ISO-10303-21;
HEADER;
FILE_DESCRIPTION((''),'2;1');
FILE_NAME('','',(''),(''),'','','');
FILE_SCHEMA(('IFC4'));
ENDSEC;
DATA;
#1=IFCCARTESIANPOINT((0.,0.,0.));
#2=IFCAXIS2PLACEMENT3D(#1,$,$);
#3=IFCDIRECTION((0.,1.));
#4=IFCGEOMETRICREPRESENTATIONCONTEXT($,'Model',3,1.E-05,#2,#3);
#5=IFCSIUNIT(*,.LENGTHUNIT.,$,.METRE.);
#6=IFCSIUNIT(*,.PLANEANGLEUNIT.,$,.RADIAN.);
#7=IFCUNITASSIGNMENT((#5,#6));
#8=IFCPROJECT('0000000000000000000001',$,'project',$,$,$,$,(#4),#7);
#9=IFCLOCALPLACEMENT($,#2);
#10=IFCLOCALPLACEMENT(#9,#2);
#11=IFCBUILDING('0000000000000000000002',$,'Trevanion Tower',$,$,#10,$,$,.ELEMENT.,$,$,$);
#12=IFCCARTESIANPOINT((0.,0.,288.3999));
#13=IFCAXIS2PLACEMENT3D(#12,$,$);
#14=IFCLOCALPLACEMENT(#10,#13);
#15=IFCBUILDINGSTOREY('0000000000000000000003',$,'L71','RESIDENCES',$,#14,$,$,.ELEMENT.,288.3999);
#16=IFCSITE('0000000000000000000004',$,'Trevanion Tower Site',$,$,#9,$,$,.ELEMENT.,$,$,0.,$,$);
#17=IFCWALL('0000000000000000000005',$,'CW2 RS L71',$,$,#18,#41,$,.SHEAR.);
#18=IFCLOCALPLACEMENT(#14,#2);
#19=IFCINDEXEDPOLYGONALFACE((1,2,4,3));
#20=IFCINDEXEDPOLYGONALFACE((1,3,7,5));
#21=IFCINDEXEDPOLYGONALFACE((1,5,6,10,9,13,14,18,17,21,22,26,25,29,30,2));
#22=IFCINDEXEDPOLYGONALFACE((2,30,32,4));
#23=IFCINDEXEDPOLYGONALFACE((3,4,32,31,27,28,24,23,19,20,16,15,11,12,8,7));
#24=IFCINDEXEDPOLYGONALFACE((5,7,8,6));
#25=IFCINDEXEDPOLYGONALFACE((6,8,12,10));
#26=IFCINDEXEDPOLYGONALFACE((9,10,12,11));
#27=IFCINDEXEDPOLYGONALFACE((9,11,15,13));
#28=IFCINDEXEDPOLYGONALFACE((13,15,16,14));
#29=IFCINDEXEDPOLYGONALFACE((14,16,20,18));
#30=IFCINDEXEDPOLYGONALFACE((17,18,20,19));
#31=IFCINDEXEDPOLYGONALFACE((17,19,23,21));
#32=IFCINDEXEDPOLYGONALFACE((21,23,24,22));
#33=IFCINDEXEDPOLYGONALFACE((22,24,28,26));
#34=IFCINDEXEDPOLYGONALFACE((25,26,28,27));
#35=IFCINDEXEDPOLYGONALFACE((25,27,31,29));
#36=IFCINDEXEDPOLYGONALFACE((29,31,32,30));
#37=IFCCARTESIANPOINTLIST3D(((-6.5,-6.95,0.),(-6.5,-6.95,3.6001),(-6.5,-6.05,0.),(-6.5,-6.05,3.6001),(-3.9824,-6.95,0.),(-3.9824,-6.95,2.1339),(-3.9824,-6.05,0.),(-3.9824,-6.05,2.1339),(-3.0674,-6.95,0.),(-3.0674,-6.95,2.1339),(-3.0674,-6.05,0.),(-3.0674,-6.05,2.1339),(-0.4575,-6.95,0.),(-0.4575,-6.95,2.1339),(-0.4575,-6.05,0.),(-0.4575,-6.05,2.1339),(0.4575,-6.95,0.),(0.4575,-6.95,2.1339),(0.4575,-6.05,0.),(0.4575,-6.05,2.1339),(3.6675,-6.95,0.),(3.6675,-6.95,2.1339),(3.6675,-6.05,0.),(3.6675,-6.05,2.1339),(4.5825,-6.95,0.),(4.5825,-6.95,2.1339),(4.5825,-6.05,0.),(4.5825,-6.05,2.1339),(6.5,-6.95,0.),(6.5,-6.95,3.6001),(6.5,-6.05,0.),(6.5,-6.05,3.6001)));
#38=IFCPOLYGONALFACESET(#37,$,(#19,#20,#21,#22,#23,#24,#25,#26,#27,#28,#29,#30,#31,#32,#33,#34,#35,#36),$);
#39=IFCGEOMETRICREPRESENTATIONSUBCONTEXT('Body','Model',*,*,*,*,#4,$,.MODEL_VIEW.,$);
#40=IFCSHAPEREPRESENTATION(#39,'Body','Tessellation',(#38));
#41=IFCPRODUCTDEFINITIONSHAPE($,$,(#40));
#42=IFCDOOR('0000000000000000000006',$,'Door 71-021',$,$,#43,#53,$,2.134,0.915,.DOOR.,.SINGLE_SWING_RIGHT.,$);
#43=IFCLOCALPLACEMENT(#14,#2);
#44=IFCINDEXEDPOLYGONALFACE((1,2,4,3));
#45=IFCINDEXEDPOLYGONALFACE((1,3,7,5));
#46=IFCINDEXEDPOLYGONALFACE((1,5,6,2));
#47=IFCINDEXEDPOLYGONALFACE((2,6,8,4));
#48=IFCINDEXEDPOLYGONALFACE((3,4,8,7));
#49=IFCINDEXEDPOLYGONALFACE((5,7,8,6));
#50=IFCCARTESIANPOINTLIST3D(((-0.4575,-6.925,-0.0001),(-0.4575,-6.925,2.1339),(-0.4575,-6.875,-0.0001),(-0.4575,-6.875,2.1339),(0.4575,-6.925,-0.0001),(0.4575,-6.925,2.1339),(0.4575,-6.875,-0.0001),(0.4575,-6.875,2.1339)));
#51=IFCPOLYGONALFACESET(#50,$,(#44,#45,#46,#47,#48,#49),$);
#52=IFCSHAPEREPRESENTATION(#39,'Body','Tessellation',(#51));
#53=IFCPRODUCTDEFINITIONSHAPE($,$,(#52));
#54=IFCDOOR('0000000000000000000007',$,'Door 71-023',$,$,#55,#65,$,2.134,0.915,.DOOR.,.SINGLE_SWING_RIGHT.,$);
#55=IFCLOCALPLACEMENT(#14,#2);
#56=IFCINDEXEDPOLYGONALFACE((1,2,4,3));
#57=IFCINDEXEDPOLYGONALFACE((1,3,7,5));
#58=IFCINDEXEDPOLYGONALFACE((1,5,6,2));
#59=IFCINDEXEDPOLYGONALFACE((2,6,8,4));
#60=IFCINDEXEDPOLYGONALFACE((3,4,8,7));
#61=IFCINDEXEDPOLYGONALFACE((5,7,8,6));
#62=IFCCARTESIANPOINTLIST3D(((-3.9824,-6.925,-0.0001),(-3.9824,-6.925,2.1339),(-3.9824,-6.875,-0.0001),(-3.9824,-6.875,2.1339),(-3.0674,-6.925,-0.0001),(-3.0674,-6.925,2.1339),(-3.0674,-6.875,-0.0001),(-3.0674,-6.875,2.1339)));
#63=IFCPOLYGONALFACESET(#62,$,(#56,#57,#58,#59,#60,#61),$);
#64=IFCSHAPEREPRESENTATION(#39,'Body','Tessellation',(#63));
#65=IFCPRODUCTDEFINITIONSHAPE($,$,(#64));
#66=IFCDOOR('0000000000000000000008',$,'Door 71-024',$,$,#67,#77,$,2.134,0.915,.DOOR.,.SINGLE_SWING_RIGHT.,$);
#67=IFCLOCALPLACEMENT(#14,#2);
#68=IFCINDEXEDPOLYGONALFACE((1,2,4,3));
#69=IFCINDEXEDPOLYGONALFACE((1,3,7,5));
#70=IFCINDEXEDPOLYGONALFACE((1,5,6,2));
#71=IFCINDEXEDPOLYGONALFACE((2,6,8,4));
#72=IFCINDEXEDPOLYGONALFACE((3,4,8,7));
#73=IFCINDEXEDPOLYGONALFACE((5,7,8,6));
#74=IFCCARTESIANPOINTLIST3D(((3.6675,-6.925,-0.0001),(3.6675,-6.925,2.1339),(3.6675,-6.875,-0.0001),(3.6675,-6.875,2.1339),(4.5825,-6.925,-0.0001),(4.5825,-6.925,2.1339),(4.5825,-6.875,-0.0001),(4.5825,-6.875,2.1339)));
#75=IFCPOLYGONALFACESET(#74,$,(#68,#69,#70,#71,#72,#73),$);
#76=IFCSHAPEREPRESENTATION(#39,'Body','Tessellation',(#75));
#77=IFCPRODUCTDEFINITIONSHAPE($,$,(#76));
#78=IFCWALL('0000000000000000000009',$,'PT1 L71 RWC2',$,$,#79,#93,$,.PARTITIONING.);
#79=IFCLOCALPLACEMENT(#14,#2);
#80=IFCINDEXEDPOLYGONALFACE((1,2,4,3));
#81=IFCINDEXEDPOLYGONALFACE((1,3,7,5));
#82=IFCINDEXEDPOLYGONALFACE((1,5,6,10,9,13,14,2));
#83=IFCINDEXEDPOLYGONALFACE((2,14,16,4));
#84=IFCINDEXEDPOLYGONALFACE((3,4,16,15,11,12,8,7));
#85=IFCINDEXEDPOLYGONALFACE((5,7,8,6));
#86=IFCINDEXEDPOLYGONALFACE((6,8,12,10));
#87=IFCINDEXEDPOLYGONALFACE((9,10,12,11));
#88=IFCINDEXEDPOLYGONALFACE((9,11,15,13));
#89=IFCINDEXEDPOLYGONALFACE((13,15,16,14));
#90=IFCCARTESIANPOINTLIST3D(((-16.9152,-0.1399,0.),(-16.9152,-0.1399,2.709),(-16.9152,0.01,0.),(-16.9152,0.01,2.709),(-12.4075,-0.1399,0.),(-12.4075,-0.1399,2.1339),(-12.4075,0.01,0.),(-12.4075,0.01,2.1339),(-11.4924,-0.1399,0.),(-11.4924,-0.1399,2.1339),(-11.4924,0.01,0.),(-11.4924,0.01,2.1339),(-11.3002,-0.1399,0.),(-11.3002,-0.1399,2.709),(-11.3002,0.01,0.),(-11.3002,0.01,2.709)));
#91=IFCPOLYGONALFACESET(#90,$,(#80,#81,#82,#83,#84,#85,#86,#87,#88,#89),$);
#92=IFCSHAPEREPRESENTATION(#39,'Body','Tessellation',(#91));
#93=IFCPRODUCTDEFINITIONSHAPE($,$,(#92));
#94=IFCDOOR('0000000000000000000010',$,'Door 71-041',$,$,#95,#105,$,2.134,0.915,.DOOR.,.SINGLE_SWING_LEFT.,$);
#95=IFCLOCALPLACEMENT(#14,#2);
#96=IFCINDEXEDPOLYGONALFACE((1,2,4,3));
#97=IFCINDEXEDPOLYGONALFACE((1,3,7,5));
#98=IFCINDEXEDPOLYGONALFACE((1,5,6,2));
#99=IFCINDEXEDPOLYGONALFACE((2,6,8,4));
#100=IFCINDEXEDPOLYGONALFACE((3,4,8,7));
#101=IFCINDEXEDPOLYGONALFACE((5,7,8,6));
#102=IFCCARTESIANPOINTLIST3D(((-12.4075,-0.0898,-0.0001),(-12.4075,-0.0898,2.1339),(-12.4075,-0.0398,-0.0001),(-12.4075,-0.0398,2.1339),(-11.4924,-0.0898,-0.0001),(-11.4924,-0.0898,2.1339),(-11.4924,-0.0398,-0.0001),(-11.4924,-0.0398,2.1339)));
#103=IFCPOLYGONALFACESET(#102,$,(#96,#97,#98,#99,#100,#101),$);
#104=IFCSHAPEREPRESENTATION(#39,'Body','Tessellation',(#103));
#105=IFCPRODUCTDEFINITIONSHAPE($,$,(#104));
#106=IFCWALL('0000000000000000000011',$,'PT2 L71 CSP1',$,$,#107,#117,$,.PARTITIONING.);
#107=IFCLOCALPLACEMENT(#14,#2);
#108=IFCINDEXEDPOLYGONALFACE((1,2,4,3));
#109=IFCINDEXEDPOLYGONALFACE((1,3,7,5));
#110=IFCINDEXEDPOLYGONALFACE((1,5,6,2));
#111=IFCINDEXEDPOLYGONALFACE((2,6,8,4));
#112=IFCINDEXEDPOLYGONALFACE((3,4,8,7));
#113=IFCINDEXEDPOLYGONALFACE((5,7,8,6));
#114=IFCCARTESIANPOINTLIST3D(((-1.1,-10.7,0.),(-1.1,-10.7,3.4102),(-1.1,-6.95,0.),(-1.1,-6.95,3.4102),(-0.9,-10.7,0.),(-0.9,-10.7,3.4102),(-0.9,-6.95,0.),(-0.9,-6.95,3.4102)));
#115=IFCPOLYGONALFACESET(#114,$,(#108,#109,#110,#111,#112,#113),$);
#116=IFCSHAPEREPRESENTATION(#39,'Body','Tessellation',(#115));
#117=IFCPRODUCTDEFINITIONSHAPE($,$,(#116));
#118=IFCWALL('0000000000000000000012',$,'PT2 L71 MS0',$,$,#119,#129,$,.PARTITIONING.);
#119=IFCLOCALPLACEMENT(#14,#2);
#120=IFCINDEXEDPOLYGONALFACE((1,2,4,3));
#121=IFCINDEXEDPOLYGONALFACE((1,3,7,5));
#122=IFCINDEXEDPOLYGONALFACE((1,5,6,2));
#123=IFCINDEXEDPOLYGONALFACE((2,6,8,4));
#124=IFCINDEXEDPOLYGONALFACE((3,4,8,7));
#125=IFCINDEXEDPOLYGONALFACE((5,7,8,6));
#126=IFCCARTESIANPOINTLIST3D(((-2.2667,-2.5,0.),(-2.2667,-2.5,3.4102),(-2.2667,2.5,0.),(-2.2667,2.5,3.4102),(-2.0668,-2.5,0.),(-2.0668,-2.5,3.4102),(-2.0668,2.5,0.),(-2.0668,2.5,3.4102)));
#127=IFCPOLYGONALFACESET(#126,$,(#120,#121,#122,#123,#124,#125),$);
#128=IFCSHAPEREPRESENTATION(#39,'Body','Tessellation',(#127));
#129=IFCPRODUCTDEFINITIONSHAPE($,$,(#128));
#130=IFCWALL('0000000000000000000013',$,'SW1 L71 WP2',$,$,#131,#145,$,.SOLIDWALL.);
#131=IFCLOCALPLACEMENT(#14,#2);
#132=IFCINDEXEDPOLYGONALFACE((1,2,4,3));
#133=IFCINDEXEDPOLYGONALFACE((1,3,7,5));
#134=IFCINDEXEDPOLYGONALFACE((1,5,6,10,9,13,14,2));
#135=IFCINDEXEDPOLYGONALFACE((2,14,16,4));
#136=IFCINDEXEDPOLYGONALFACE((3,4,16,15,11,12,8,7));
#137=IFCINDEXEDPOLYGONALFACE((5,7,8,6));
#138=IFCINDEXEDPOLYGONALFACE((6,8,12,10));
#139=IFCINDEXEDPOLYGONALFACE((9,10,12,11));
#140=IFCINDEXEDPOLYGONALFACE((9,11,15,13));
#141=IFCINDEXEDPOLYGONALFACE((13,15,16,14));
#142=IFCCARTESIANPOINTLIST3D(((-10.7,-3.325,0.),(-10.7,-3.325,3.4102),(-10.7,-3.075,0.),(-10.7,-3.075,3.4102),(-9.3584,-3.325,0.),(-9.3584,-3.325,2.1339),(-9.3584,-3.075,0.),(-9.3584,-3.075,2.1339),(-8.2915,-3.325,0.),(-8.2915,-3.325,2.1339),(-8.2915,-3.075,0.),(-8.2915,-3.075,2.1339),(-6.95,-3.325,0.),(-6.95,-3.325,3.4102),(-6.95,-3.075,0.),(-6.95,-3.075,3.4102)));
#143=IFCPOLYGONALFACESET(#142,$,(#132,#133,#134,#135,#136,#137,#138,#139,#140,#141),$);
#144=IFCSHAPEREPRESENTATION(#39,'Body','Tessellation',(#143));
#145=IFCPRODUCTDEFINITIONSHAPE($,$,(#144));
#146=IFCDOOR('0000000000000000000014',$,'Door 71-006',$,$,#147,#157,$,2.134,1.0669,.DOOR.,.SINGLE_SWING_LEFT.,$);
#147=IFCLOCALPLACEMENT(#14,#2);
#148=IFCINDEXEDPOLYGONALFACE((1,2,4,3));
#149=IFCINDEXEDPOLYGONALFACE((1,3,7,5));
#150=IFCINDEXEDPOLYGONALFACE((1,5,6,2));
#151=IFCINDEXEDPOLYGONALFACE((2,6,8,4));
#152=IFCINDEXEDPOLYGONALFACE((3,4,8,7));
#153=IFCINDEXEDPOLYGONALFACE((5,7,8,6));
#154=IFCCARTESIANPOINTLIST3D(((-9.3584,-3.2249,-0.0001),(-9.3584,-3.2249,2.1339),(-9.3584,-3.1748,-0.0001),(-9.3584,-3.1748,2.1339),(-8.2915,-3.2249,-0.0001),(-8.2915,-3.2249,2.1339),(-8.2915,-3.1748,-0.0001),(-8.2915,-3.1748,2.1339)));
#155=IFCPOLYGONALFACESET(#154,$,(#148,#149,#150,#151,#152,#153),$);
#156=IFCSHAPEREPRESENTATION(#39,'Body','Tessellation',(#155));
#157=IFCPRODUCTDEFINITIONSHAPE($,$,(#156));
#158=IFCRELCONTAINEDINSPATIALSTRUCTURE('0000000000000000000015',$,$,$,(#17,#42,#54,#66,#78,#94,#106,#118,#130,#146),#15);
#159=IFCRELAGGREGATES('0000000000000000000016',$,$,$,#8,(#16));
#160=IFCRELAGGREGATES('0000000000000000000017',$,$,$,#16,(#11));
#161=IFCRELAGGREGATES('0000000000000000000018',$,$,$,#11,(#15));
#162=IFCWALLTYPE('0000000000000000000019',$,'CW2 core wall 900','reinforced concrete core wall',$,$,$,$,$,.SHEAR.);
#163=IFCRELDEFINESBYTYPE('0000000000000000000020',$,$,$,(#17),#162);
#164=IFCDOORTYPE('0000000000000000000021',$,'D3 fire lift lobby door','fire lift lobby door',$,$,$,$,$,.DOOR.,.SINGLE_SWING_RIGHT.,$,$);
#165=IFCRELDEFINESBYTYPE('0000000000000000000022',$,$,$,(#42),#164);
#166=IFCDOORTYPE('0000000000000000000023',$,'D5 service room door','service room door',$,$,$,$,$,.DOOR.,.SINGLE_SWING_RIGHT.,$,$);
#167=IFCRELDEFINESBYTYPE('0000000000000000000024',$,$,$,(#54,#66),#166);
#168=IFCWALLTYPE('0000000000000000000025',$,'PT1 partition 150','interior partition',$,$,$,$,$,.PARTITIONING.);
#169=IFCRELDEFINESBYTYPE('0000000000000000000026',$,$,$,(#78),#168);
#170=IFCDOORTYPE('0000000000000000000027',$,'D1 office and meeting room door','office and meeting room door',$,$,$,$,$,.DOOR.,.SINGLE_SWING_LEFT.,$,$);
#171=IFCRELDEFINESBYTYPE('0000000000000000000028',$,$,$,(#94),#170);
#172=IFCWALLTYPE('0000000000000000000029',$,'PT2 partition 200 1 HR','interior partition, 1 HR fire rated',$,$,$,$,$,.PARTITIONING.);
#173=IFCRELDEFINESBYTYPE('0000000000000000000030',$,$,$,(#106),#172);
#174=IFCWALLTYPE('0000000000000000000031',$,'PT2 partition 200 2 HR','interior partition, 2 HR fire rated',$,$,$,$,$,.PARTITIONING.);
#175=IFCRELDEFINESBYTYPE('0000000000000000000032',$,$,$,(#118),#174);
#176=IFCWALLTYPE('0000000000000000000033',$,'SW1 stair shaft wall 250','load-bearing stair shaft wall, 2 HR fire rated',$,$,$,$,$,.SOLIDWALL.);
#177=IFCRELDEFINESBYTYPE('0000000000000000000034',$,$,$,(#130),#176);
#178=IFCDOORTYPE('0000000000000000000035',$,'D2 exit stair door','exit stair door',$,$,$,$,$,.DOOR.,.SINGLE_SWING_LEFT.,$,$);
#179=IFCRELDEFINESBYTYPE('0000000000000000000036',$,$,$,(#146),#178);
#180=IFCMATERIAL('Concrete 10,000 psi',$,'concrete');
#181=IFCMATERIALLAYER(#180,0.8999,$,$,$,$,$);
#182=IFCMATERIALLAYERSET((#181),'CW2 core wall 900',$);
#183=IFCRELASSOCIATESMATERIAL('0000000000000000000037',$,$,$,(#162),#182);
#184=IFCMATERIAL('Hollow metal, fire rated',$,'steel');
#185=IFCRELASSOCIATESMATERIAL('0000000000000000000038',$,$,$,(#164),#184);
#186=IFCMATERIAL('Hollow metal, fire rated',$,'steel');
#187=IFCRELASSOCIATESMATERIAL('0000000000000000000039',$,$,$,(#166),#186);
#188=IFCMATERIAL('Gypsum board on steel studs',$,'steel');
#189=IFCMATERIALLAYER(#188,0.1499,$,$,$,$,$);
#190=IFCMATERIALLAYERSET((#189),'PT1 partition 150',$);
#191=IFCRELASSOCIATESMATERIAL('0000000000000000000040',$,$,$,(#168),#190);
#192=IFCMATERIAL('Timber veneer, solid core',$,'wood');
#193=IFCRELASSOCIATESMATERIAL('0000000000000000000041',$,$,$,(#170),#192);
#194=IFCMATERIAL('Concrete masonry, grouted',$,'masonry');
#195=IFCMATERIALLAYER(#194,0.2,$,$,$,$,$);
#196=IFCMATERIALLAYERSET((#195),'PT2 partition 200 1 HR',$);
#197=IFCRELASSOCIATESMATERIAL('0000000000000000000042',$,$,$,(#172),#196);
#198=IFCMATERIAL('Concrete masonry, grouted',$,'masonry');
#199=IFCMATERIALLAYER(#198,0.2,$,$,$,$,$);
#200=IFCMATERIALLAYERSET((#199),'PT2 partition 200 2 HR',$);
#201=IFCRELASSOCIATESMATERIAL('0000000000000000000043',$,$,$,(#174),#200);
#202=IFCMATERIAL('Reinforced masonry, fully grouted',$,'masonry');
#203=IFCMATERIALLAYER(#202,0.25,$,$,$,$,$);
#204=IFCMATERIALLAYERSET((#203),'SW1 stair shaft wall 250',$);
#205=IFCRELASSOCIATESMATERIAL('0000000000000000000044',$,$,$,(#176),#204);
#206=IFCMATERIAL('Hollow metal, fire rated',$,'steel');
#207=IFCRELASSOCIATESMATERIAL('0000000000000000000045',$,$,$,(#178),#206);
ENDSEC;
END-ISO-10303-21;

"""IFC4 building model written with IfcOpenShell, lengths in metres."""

from ifc_helpers import new_model, si_unit, direction, frame, frame_2d, origin, place, context, subcontext, project, spatial, rectangle, extrude, material, layer, layer_set, type_object, element, fill, save


model = new_model("IFC4")

# Units and contexts
model_context = context("Model", 3, precision=1e-05, world=origin(), true_north=direction((0.0, 1.0)))
body_context = subcontext(model_context, "Body", "Model", "MODEL_VIEW")
ifc_project = project(units=[si_unit("LENGTHUNIT", "METRE"), si_unit("PLANEANGLEUNIT", "RADIAN")], contexts=[model_context])

# Site, building, storey
site_placement = place(None, origin())
site = spatial("IfcSite", under=ifc_project, at=site_placement, Name="Trevanion Tower Site", CompositionType="ELEMENT", RefElevation=0.0)
building_placement = place(site_placement, origin())
building = spatial("IfcBuilding", under=site, at=building_placement, Name="Trevanion Tower", CompositionType="ELEMENT")
storey_placement = place(building_placement, frame((0.0, 0.0, 288.3999)))
storey = spatial("IfcBuildingStorey", under=building, at=storey_placement, Name="L71", Description="RESIDENCES", CompositionType="ELEMENT", Elevation=288.3999)

# Shared definitions
ifc_material_1 = material(Name="Concrete 10,000 psi", Category="concrete")
ifc_layer_1 = layer(ifc_material_1, 0.8999)
ifc_layer_set_1 = layer_set([ifc_layer_1], Name="CW2 core wall 900")
wall_type_1 = type_object("IfcWallType", Name="CW2 core wall 900", Description="reinforced concrete core wall", PredefinedType="SHEAR", material=ifc_layer_set_1)

# Wall, openings, doors
wall_1_placement = place(storey_placement, frame((-6.5, -6.5, 0.0), z_axis=(0.0, 0.0, 1.0), x_axis=(1.0, 0.0, 0.0)))
wall_1 = element("IfcWall", 1, at=wall_1_placement, inside=storey, type_object=wall_type_1, Name="CW2 RS L71", PredefinedType="SHEAR", context=body_context, shape_type="SweptSolid", body=[
    extrude(rectangle(XDim=13.0, YDim=0.8999, at=frame_2d((6.5, 0.0))), origin(), (0.0, 0.0, 1.0), 3.6001),
])
opening_1_placement = place(wall_1_placement, frame((6.0425, 0.0, 0.0)))
opening_1 = element("IfcOpeningElement", 2, at=opening_1_placement, cuts=wall_1, PredefinedType="OPENING", context=body_context, shape_type="SweptSolid", body=[
    extrude(rectangle(XDim=0.915, YDim=2.134, at=frame_2d((0.4575, 1.0669))), frame((0.0, 0.46, 0.0), z_axis=(0.0, -1.0, 0.0), x_axis=(1.0, 0.0, 0.0)), (0.0, 0.0, 1.0), 0.9199),
])
opening_2_placement = place(wall_1_placement, frame((2.5176, 0.0, 0.0)))
opening_2 = element("IfcOpeningElement", 3, at=opening_2_placement, cuts=wall_1, PredefinedType="OPENING", context=body_context, shape_type="SweptSolid", body=[
    extrude(rectangle(XDim=0.915, YDim=2.134, at=frame_2d((0.4575, 1.0669))), frame((0.0, 0.46, 0.0), z_axis=(0.0, -1.0, 0.0), x_axis=(1.0, 0.0, 0.0)), (0.0, 0.0, 1.0), 0.9199),
])
opening_3_placement = place(wall_1_placement, frame((10.1675, 0.0, 0.0)))
opening_3 = element("IfcOpeningElement", 4, at=opening_3_placement, cuts=wall_1, PredefinedType="OPENING", context=body_context, shape_type="SweptSolid", body=[
    extrude(rectangle(XDim=0.915, YDim=2.134, at=frame_2d((0.4575, 1.0669))), frame((0.0, 0.46, 0.0), z_axis=(0.0, -1.0, 0.0), x_axis=(1.0, 0.0, 0.0)), (0.0, 0.0, 1.0), 0.9199),
])
ifc_material_2 = material(Name="Hollow metal, fire rated", Category="steel")
door_type_1 = type_object("IfcDoorType", Name="D3 fire lift lobby door", Description="fire lift lobby door", OperationType="SINGLE_SWING_RIGHT", PredefinedType="DOOR", material=ifc_material_2)
door_1_placement = place(opening_1_placement, origin())
door_1 = element("IfcDoor", 5, at=door_1_placement, inside=storey, type_object=door_type_1, Name="Door 71-021", OperationType="SINGLE_SWING_RIGHT", OverallHeight=2.134, OverallWidth=0.915, PredefinedType="DOOR", context=body_context, shape_type="SweptSolid", body=[
    extrude(rectangle(XDim=0.915, YDim=2.134, at=frame_2d((0.4575, 1.0669))), frame((0.0, -0.375, 0.0), z_axis=(0.0, -1.0, 0.0), x_axis=(1.0, 0.0, 0.0)), (0.0, 0.0, 1.0), 0.05),
])
fill(opening_1, door_1)
ifc_material_3 = material(Name="Hollow metal, fire rated", Category="steel")
door_type_2 = type_object("IfcDoorType", Name="D5 service room door", Description="service room door", OperationType="SINGLE_SWING_RIGHT", PredefinedType="DOOR", material=ifc_material_3)
door_2_placement = place(opening_2_placement, origin())
door_2 = element("IfcDoor", 6, at=door_2_placement, inside=storey, type_object=door_type_2, Name="Door 71-023", OperationType="SINGLE_SWING_RIGHT", OverallHeight=2.134, OverallWidth=0.915, PredefinedType="DOOR", context=body_context, shape_type="SweptSolid", body=[
    extrude(rectangle(XDim=0.915, YDim=2.134, at=frame_2d((0.4575, 1.0669))), frame((0.0, -0.375, 0.0), z_axis=(0.0, -1.0, 0.0), x_axis=(1.0, 0.0, 0.0)), (0.0, 0.0, 1.0), 0.05),
])
fill(opening_2, door_2)
door_3_placement = place(opening_3_placement, origin())
door_3 = element("IfcDoor", 7, at=door_3_placement, inside=storey, type_object=door_type_2, Name="Door 71-024", OperationType="SINGLE_SWING_RIGHT", OverallHeight=2.134, OverallWidth=0.915, PredefinedType="DOOR", context=body_context, shape_type="SweptSolid", body=[
    extrude(rectangle(XDim=0.915, YDim=2.134, at=frame_2d((0.4575, 1.0669))), frame((0.0, -0.375, 0.0), z_axis=(0.0, -1.0, 0.0), x_axis=(1.0, 0.0, 0.0)), (0.0, 0.0, 1.0), 0.05),
])
fill(opening_3, door_3)

# Wall, opening, door
ifc_material_4 = material(Name="Gypsum board on steel studs", Category="steel")
ifc_layer_2 = layer(ifc_material_4, 0.1499)
ifc_layer_set_2 = layer_set([ifc_layer_2], Name="PT1 partition 150")
wall_type_2 = type_object("IfcWallType", Name="PT1 partition 150", Description="interior partition", PredefinedType="PARTITIONING", material=ifc_layer_set_2)
wall_2_placement = place(storey_placement, frame((-11.3, -0.0649, 0.0), z_axis=(0.0, 0.0, 1.0), x_axis=(-1.0, 0.0, 0.0)))
wall_2 = element("IfcWall", 8, at=wall_2_placement, inside=storey, type_object=wall_type_2, Name="PT1 L71 RWC2", PredefinedType="PARTITIONING", context=body_context, shape_type="SweptSolid", body=[
    extrude(rectangle(XDim=5.615, YDim=0.1499, at=frame_2d((2.8076, 0.0))), origin(), (0.0, 0.0, 1.0), 2.709),
])
opening_4_placement = place(wall_2_placement, frame((0.1924, 0.0, 0.0)))
opening_4 = element("IfcOpeningElement", 9, at=opening_4_placement, cuts=wall_2, PredefinedType="OPENING", context=body_context, shape_type="SweptSolid", body=[
    extrude(rectangle(XDim=0.915, YDim=2.134, at=frame_2d((0.4575, 1.0669))), frame((0.0, 0.085, 0.0), z_axis=(0.0, -1.0, 0.0), x_axis=(1.0, 0.0, 0.0)), (0.0, 0.0, 1.0), 0.1699),
])
ifc_material_5 = material(Name="Timber veneer, solid core", Category="wood")
door_type_3 = type_object("IfcDoorType", Name="D1 office and meeting room door", Description="office and meeting room door", OperationType="SINGLE_SWING_LEFT", PredefinedType="DOOR", material=ifc_material_5)
door_4_placement = place(opening_4_placement, origin())
door_4 = element("IfcDoor", 10, at=door_4_placement, inside=storey, type_object=door_type_3, Name="Door 71-041", OperationType="SINGLE_SWING_LEFT", OverallHeight=2.134, OverallWidth=0.915, PredefinedType="DOOR", context=body_context, shape_type="SweptSolid", body=[
    extrude(rectangle(XDim=0.915, YDim=2.134, at=frame_2d((0.4575, 1.0669))), frame((0.0, 0.0249, 0.0), z_axis=(0.0, -1.0, 0.0), x_axis=(1.0, 0.0, 0.0)), (0.0, 0.0, 1.0), 0.05),
])
fill(opening_4, door_4)

# Walls
ifc_material_6 = material(Name="Concrete masonry, grouted", Category="masonry")
ifc_layer_3 = layer(ifc_material_6, 0.2)
ifc_layer_set_3 = layer_set([ifc_layer_3], Name="PT2 partition 200 1 HR")
wall_type_3 = type_object("IfcWallType", Name="PT2 partition 200 1 HR", Description="interior partition, 1 HR fire rated", PredefinedType="PARTITIONING", material=ifc_layer_set_3)
wall_3_placement = place(storey_placement, frame((-1.0, -6.95, 0.0), z_axis=(0.0, 0.0, 1.0), x_axis=(0.0, -1.0, 0.0)))
element("IfcWall", 11, at=wall_3_placement, inside=storey, type_object=wall_type_3, Name="PT2 L71 CSP1", PredefinedType="PARTITIONING", context=body_context, shape_type="SweptSolid", body=[
    extrude(rectangle(XDim=3.75, YDim=0.2, at=frame_2d((1.875, 0.0))), origin(), (0.0, 0.0, 1.0), 3.4102),
])
ifc_material_7 = material(Name="Concrete masonry, grouted", Category="masonry")
ifc_layer_4 = layer(ifc_material_7, 0.2)
ifc_layer_set_4 = layer_set([ifc_layer_4], Name="PT2 partition 200 2 HR")
wall_type_4 = type_object("IfcWallType", Name="PT2 partition 200 2 HR", Description="interior partition, 2 HR fire rated", PredefinedType="PARTITIONING", material=ifc_layer_set_4)
wall_4_placement = place(storey_placement, frame((-2.1667, -2.5, 0.0), z_axis=(0.0, 0.0, 1.0), x_axis=(0.0, 1.0, 0.0)))
element("IfcWall", 12, at=wall_4_placement, inside=storey, type_object=wall_type_4, Name="PT2 L71 MS0", PredefinedType="PARTITIONING", context=body_context, shape_type="SweptSolid", body=[
    extrude(rectangle(XDim=5.0, YDim=0.2, at=frame_2d((2.5, 0.0))), origin(), (0.0, 0.0, 1.0), 3.4102),
])

# Wall, opening, door
ifc_material_8 = material(Name="Reinforced masonry, fully grouted", Category="masonry")
ifc_layer_5 = layer(ifc_material_8, 0.25)
ifc_layer_set_5 = layer_set([ifc_layer_5], Name="SW1 stair shaft wall 250")
wall_type_5 = type_object("IfcWallType", Name="SW1 stair shaft wall 250", Description="load-bearing stair shaft wall, 2 HR fire rated", PredefinedType="SOLIDWALL", material=ifc_layer_set_5)
wall_5_placement = place(storey_placement, frame((-6.95, -3.2, 0.0), z_axis=(0.0, 0.0, 1.0), x_axis=(-1.0, 0.0, 0.0)))
wall_5 = element("IfcWall", 13, at=wall_5_placement, inside=storey, type_object=wall_type_5, Name="SW1 L71 WP2", PredefinedType="SOLIDWALL", context=body_context, shape_type="SweptSolid", body=[
    extrude(rectangle(XDim=3.75, YDim=0.25, at=frame_2d((1.875, 0.0))), origin(), (0.0, 0.0, 1.0), 3.4102),
])
opening_5_placement = place(wall_5_placement, frame((1.3416, 0.0, 0.0)))
opening_5 = element("IfcOpeningElement", 14, at=opening_5_placement, cuts=wall_5, PredefinedType="OPENING", context=body_context, shape_type="SweptSolid", body=[
    extrude(rectangle(XDim=1.0669, YDim=2.134, at=frame_2d((0.5334, 1.0669))), frame((0.0, 0.135, 0.0), z_axis=(0.0, -1.0, 0.0), x_axis=(1.0, 0.0, 0.0)), (0.0, 0.0, 1.0), 0.27),
])
ifc_material_9 = material(Name="Hollow metal, fire rated", Category="steel")
door_type_4 = type_object("IfcDoorType", Name="D2 exit stair door", Description="exit stair door", OperationType="SINGLE_SWING_LEFT", PredefinedType="DOOR", material=ifc_material_9)
door_5_placement = place(opening_5_placement, origin())
door_5 = element("IfcDoor", 15, at=door_5_placement, inside=storey, type_object=door_type_4, Name="Door 71-006", OperationType="SINGLE_SWING_LEFT", OverallHeight=2.134, OverallWidth=1.0669, PredefinedType="DOOR", context=body_context, shape_type="SweptSolid", body=[
    extrude(rectangle(XDim=1.0669, YDim=2.134, at=frame_2d((0.5334, 1.0669))), frame((0.0, 0.0249, 0.0), z_axis=(0.0, -1.0, 0.0), x_axis=(1.0, 0.0, 0.0)), (0.0, 0.0, 1.0), 0.05),
])
fill(opening_5, door_5)

save(model, "model.ifc")
